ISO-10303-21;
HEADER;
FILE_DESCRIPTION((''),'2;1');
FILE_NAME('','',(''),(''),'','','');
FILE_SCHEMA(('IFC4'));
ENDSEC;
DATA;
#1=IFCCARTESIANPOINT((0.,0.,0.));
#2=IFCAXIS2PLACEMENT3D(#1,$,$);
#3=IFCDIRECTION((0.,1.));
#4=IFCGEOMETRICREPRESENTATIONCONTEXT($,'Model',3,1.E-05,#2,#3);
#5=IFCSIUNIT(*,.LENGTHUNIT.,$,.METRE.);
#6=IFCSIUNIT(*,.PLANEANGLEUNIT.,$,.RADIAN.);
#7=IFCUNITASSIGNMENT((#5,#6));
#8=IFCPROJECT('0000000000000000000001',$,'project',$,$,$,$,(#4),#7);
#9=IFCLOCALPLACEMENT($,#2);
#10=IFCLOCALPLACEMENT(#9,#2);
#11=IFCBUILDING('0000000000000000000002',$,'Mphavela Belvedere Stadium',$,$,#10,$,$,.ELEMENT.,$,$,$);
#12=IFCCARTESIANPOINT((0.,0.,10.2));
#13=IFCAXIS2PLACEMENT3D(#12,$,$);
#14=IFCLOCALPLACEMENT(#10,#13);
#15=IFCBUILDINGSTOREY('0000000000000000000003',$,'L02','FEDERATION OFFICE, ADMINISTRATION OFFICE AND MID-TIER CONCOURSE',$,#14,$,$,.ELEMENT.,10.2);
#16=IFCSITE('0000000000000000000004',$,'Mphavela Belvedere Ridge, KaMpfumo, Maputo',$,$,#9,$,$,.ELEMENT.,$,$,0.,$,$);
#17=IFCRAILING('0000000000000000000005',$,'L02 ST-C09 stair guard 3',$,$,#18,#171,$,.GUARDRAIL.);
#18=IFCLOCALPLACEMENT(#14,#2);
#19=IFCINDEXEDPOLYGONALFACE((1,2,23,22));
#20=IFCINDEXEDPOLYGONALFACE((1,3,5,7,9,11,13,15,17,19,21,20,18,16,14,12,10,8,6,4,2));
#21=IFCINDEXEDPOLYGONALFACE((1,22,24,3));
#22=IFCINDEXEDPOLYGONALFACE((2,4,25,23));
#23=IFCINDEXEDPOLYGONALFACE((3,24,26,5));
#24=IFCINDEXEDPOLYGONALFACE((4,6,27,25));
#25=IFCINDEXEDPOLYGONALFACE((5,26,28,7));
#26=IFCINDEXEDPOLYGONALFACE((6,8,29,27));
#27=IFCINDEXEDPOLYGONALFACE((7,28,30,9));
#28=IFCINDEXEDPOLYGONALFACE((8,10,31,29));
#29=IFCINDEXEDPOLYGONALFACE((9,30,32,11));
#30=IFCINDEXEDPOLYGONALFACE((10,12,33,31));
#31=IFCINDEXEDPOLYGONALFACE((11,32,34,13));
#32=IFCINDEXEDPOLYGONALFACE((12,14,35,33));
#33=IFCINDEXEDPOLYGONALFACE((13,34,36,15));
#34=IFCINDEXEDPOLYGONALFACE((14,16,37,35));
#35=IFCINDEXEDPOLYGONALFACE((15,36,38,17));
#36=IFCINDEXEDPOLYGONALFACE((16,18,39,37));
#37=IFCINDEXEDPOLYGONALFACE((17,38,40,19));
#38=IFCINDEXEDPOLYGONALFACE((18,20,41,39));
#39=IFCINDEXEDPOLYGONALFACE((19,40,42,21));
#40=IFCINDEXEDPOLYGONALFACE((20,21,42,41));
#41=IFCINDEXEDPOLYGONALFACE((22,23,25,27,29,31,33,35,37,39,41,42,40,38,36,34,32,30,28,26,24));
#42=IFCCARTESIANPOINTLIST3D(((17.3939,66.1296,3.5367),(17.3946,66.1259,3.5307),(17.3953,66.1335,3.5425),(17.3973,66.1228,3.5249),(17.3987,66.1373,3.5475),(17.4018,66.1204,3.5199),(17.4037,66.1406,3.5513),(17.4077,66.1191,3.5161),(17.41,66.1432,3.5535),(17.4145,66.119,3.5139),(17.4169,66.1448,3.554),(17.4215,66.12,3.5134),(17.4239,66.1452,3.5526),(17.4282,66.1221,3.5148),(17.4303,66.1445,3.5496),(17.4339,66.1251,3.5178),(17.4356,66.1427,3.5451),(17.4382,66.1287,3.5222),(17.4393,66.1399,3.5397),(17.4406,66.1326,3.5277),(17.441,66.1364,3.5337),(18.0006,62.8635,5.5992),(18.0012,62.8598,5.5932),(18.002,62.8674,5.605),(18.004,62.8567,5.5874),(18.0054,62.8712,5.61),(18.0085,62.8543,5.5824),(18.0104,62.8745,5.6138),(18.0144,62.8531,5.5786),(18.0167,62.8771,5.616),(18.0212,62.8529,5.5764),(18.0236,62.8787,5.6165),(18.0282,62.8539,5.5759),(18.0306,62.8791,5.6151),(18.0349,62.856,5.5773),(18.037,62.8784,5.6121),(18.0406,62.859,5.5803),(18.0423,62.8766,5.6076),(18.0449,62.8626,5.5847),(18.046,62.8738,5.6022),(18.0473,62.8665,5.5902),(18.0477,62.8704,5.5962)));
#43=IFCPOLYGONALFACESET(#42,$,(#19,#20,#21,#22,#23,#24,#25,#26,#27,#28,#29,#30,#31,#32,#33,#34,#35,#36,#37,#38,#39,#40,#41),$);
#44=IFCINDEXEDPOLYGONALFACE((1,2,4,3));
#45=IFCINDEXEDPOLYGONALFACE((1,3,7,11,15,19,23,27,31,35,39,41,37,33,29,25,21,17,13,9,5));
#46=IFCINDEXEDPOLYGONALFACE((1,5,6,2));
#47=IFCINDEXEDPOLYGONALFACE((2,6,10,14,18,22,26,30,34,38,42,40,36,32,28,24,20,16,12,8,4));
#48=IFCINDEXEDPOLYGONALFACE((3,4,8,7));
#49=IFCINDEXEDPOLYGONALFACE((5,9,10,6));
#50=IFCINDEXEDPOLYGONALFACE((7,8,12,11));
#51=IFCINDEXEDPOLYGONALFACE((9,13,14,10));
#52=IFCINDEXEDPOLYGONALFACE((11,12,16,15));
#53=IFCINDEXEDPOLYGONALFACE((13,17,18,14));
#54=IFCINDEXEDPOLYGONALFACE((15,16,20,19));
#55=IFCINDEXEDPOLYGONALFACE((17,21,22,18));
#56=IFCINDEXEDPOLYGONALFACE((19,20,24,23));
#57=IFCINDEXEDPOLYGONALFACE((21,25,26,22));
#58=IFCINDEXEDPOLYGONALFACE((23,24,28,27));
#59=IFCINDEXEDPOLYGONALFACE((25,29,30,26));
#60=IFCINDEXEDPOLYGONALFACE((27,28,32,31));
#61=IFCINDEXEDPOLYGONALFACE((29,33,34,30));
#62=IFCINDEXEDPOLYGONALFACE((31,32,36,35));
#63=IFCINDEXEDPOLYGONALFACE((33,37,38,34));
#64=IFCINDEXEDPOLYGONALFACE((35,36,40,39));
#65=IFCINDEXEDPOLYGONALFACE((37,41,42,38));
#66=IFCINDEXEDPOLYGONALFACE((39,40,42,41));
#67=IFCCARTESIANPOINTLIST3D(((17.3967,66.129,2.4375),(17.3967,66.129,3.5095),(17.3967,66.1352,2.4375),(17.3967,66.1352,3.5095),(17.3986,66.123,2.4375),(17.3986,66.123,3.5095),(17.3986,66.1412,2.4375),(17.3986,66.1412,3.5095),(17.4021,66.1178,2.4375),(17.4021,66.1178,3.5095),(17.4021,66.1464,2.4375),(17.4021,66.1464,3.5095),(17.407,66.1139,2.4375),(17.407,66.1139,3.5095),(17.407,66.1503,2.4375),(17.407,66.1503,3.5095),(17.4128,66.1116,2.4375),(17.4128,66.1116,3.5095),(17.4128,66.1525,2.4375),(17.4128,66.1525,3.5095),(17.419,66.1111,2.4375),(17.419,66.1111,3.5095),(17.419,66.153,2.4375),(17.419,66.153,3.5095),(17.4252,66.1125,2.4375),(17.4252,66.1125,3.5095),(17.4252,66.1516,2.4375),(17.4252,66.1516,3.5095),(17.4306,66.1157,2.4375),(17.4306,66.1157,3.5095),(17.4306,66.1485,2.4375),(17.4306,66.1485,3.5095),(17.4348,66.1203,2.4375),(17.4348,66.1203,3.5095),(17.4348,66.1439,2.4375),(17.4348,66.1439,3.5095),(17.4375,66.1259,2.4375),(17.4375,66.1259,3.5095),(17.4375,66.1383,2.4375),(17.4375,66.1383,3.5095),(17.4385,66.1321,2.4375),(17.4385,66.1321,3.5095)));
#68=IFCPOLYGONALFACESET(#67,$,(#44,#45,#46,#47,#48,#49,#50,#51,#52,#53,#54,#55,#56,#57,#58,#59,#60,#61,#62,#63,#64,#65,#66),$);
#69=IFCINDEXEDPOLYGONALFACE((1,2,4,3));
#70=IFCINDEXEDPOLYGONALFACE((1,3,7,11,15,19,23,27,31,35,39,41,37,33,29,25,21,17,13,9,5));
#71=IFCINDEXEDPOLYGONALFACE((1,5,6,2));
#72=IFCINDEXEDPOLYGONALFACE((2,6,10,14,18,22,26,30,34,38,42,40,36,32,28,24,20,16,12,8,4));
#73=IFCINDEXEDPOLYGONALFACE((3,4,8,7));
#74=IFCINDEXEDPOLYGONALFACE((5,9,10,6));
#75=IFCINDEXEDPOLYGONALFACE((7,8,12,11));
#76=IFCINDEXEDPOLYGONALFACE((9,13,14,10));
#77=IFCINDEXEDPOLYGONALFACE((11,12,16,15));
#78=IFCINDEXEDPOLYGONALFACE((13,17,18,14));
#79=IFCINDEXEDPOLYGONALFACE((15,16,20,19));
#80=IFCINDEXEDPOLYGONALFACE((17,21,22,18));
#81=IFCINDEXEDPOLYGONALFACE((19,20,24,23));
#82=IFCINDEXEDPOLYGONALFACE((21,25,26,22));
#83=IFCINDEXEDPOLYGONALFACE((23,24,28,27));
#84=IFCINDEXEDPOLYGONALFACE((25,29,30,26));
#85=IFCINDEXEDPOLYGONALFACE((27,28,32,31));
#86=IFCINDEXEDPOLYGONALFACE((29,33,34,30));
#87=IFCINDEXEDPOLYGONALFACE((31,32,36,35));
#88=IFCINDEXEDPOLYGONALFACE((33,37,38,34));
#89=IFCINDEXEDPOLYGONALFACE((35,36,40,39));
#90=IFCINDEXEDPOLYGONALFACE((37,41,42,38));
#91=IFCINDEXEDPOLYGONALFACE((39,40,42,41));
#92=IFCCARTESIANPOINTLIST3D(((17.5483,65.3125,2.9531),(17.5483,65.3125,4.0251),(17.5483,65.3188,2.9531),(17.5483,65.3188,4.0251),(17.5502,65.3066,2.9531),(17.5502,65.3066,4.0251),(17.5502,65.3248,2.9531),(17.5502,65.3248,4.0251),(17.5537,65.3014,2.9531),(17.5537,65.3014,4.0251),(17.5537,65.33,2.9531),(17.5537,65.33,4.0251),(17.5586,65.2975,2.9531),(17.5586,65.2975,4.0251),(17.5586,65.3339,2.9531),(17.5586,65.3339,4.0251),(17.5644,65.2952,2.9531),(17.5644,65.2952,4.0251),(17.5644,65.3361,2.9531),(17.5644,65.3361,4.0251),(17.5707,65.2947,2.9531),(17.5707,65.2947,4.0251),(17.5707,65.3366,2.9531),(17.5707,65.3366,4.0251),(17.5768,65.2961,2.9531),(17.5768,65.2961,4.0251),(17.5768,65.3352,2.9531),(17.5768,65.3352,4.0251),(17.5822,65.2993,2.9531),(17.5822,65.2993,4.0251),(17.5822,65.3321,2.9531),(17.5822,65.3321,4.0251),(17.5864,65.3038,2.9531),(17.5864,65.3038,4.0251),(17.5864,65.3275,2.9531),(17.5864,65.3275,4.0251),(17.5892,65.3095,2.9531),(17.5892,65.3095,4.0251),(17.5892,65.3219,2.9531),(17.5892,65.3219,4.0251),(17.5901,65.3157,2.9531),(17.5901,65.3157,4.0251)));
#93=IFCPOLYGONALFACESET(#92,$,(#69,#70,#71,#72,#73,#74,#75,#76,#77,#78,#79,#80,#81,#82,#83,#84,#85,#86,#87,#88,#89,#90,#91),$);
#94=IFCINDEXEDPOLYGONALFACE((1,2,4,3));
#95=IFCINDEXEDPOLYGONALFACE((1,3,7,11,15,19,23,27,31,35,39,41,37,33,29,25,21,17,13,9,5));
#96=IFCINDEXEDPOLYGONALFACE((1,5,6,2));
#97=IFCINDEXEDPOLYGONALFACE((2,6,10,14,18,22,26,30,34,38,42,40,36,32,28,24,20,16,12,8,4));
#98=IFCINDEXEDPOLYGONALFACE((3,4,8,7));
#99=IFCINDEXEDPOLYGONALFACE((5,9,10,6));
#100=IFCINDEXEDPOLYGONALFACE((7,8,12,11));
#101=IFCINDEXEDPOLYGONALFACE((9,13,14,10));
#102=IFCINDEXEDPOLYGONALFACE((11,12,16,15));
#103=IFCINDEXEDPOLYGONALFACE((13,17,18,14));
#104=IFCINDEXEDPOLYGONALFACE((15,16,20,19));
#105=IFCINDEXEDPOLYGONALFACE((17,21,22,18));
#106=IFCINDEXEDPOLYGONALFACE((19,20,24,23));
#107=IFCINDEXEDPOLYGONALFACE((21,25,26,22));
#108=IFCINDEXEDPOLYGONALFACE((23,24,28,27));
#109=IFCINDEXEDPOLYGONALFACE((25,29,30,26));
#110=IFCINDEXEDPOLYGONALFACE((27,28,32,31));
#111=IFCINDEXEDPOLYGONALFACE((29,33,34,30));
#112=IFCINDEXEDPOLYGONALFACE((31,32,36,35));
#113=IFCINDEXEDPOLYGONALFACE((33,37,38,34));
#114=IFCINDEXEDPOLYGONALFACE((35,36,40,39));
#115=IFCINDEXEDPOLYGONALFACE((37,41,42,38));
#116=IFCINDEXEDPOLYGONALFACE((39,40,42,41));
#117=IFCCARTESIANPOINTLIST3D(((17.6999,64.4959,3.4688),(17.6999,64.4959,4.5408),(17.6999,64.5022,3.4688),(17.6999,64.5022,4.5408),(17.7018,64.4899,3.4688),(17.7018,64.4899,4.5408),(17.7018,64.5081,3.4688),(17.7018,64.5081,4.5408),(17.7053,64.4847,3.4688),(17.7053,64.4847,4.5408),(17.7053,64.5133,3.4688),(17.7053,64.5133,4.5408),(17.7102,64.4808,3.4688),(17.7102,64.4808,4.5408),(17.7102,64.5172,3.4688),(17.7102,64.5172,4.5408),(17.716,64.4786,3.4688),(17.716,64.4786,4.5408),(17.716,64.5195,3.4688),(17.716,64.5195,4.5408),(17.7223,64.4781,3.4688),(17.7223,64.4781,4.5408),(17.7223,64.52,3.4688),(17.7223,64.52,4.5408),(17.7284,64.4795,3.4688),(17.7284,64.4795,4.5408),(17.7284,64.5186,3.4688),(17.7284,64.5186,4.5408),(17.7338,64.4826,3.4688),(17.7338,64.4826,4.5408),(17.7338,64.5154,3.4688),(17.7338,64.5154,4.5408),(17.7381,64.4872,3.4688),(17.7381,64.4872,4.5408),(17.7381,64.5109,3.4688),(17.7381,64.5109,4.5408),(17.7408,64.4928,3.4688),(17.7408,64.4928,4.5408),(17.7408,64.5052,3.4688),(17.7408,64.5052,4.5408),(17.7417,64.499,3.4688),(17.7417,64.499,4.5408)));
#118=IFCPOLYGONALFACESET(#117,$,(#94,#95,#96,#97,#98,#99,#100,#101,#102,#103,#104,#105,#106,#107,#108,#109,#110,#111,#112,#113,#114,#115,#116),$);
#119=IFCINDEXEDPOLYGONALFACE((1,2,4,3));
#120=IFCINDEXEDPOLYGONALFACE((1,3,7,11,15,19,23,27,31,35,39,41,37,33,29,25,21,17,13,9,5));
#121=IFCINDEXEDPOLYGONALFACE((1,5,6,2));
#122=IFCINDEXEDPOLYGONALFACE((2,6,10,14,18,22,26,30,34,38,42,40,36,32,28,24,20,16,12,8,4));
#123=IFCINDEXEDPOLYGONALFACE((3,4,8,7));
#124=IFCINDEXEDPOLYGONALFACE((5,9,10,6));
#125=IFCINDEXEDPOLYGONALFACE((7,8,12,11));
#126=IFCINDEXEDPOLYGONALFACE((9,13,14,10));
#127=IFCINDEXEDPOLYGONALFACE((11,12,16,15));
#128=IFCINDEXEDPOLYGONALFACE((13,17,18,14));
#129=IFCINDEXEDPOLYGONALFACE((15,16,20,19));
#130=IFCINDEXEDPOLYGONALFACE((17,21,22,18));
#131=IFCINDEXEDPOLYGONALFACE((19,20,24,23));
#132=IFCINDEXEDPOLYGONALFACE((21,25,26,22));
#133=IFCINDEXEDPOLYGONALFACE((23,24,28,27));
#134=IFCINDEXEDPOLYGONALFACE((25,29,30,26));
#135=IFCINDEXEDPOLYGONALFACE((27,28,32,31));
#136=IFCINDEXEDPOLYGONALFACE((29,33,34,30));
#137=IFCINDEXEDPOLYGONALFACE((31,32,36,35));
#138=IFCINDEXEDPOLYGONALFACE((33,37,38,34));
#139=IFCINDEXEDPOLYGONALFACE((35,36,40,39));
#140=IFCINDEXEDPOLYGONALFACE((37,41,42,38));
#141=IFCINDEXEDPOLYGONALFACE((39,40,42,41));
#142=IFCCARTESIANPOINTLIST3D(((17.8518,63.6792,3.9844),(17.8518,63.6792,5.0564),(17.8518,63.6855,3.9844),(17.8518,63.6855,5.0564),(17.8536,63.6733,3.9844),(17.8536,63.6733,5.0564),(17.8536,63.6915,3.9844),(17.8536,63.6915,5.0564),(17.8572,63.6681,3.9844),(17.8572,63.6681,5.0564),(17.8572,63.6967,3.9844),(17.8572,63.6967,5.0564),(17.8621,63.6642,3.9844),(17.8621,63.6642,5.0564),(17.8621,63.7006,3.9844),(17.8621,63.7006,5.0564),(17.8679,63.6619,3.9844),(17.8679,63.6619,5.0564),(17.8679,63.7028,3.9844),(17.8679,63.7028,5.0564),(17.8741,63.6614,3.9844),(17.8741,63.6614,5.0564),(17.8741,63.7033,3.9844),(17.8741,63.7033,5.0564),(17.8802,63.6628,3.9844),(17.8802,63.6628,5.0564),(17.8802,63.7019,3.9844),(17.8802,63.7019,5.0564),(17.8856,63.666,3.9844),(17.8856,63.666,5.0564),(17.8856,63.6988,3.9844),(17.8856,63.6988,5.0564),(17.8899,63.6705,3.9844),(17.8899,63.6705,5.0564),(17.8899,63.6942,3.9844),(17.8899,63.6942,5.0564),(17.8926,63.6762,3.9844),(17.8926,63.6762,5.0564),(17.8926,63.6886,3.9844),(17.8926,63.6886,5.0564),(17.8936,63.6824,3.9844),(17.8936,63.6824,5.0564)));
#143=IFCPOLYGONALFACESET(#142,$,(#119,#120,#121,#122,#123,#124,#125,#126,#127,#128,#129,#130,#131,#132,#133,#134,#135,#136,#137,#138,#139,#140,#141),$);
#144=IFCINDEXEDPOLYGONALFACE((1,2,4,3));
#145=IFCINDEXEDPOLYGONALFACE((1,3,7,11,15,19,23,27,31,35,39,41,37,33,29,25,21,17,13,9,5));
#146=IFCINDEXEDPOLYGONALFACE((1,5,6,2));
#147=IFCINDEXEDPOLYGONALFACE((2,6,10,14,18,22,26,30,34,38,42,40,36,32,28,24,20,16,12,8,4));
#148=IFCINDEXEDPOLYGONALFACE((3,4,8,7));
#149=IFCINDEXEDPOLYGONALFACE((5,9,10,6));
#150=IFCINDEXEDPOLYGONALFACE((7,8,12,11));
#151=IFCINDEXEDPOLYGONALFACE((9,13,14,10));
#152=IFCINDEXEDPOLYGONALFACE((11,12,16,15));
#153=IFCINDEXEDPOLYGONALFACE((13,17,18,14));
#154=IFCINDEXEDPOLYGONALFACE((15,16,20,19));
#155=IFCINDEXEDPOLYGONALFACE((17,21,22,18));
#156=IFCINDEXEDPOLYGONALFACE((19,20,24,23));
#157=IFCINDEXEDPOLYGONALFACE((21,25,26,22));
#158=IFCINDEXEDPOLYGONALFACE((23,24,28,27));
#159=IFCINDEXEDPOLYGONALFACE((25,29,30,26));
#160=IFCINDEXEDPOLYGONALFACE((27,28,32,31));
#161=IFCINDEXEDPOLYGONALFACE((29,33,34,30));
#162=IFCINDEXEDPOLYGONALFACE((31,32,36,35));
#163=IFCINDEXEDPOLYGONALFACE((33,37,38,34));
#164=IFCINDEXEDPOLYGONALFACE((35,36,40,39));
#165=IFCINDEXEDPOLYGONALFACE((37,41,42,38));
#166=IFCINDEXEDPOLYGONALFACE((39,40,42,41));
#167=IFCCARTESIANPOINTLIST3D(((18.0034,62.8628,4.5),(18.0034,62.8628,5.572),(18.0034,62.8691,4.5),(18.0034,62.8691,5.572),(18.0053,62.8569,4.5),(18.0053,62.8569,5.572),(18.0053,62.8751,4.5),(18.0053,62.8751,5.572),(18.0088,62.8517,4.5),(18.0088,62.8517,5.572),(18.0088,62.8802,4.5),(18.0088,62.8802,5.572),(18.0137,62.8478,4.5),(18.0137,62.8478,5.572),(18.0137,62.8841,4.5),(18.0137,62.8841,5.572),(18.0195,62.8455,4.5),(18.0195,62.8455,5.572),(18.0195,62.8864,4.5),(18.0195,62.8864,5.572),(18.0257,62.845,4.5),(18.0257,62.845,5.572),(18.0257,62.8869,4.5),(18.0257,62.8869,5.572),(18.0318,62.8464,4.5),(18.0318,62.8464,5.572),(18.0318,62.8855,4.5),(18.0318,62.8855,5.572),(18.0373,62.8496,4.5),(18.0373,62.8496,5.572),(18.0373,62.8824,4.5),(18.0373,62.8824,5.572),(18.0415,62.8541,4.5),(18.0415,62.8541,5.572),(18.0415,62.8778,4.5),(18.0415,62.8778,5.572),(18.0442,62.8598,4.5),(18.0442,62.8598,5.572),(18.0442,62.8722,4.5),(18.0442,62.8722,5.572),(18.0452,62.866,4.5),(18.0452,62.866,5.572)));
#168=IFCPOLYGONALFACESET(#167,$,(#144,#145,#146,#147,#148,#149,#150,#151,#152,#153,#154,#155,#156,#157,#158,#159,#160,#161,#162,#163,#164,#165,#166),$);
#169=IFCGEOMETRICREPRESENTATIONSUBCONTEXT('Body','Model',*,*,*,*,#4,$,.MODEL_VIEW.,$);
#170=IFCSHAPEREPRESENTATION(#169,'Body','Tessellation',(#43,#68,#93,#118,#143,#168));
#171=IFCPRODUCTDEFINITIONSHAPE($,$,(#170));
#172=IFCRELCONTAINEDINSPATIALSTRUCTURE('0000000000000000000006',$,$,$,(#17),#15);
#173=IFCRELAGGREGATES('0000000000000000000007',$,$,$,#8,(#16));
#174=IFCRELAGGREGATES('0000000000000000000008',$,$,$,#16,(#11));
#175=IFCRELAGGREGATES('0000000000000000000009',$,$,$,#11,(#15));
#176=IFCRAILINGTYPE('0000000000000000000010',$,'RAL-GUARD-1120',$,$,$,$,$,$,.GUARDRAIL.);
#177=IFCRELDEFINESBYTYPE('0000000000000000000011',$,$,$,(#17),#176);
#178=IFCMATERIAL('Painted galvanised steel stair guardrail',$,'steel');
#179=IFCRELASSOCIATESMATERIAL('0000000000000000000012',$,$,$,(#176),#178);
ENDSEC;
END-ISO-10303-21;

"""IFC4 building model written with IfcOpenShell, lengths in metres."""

from ifc_helpers import new_model, si_unit, direction, frame, origin, origin_2d, place, context, subcontext, project, spatial, circle, extrude, material, type_object, element, save


model = new_model("IFC4")

# Units and contexts
model_context = context("Model", 3, precision=1e-05, world=origin(), true_north=direction((0.0, 1.0)))
body_context = subcontext(model_context, "Body", "Model", "MODEL_VIEW")
ifc_project = project(units=[si_unit("LENGTHUNIT", "METRE"), si_unit("PLANEANGLEUNIT", "RADIAN")], contexts=[model_context])

# Site, building, storey
site_placement = place(None, origin())
site = spatial("IfcSite", under=ifc_project, at=site_placement, Name="Mphavela Belvedere Ridge, KaMpfumo, Maputo", CompositionType="ELEMENT", RefElevation=0.0)
building_placement = place(site_placement, origin())
building = spatial("IfcBuilding", under=site, at=building_placement, Name="Mphavela Belvedere Stadium", CompositionType="ELEMENT")
storey_placement = place(building_placement, frame((0.0, 0.0, 10.2)))
storey = spatial("IfcBuildingStorey", under=building, at=storey_placement, Name="L02", Description="FEDERATION OFFICE, ADMINISTRATION OFFICE AND MID-TIER CONCOURSE", CompositionType="ELEMENT", Elevation=10.2)

# Railing
ifc_material_1 = material(Name="Painted galvanised steel stair guardrail", Category="steel")
railing_type_1 = type_object("IfcRailingType", Name="RAL-GUARD-1120", PredefinedType="GUARDRAIL", material=ifc_material_1)
railing_1_placement = place(storey_placement, frame((17.4175, 66.1321, 2.4375)))
element("IfcRailing", 1, at=railing_1_placement, inside=storey, type_object=railing_type_1, Name="L02 ST-C09 stair guard 3", PredefinedType="GUARDRAIL", context=body_context, shape_type="SweptSolid", body=[
    extrude(circle(Radius=0.0239, at=origin_2d()), frame((0.0, 0.0, 1.0962), z_axis=(0.155157, -0.835286, 0.52747), x_axis=(0.983182, 0.182629, 0.0)), (0.0, 0.0, 1.0), 3.9102),
    extrude(circle(Radius=0.021, at=origin_2d()), origin(), (0.0, 0.0, 1.0), 1.072),
    extrude(circle(Radius=0.021, at=origin_2d()), frame((0.1516, -0.8164, 0.5156)), (0.0, 0.0, 1.0), 1.072),
    extrude(circle(Radius=0.021, at=origin_2d()), frame((0.3032, -1.6331, 1.0312)), (0.0, 0.0, 1.0), 1.072),
    extrude(circle(Radius=0.021, at=origin_2d()), frame((0.4551, -2.4497, 1.5469)), (0.0, 0.0, 1.0), 1.072),
    extrude(circle(Radius=0.021, at=origin_2d()), frame((0.6067, -3.2661, 2.0625)), (0.0, 0.0, 1.0), 1.072),
])

save(model, "model.ifc")
